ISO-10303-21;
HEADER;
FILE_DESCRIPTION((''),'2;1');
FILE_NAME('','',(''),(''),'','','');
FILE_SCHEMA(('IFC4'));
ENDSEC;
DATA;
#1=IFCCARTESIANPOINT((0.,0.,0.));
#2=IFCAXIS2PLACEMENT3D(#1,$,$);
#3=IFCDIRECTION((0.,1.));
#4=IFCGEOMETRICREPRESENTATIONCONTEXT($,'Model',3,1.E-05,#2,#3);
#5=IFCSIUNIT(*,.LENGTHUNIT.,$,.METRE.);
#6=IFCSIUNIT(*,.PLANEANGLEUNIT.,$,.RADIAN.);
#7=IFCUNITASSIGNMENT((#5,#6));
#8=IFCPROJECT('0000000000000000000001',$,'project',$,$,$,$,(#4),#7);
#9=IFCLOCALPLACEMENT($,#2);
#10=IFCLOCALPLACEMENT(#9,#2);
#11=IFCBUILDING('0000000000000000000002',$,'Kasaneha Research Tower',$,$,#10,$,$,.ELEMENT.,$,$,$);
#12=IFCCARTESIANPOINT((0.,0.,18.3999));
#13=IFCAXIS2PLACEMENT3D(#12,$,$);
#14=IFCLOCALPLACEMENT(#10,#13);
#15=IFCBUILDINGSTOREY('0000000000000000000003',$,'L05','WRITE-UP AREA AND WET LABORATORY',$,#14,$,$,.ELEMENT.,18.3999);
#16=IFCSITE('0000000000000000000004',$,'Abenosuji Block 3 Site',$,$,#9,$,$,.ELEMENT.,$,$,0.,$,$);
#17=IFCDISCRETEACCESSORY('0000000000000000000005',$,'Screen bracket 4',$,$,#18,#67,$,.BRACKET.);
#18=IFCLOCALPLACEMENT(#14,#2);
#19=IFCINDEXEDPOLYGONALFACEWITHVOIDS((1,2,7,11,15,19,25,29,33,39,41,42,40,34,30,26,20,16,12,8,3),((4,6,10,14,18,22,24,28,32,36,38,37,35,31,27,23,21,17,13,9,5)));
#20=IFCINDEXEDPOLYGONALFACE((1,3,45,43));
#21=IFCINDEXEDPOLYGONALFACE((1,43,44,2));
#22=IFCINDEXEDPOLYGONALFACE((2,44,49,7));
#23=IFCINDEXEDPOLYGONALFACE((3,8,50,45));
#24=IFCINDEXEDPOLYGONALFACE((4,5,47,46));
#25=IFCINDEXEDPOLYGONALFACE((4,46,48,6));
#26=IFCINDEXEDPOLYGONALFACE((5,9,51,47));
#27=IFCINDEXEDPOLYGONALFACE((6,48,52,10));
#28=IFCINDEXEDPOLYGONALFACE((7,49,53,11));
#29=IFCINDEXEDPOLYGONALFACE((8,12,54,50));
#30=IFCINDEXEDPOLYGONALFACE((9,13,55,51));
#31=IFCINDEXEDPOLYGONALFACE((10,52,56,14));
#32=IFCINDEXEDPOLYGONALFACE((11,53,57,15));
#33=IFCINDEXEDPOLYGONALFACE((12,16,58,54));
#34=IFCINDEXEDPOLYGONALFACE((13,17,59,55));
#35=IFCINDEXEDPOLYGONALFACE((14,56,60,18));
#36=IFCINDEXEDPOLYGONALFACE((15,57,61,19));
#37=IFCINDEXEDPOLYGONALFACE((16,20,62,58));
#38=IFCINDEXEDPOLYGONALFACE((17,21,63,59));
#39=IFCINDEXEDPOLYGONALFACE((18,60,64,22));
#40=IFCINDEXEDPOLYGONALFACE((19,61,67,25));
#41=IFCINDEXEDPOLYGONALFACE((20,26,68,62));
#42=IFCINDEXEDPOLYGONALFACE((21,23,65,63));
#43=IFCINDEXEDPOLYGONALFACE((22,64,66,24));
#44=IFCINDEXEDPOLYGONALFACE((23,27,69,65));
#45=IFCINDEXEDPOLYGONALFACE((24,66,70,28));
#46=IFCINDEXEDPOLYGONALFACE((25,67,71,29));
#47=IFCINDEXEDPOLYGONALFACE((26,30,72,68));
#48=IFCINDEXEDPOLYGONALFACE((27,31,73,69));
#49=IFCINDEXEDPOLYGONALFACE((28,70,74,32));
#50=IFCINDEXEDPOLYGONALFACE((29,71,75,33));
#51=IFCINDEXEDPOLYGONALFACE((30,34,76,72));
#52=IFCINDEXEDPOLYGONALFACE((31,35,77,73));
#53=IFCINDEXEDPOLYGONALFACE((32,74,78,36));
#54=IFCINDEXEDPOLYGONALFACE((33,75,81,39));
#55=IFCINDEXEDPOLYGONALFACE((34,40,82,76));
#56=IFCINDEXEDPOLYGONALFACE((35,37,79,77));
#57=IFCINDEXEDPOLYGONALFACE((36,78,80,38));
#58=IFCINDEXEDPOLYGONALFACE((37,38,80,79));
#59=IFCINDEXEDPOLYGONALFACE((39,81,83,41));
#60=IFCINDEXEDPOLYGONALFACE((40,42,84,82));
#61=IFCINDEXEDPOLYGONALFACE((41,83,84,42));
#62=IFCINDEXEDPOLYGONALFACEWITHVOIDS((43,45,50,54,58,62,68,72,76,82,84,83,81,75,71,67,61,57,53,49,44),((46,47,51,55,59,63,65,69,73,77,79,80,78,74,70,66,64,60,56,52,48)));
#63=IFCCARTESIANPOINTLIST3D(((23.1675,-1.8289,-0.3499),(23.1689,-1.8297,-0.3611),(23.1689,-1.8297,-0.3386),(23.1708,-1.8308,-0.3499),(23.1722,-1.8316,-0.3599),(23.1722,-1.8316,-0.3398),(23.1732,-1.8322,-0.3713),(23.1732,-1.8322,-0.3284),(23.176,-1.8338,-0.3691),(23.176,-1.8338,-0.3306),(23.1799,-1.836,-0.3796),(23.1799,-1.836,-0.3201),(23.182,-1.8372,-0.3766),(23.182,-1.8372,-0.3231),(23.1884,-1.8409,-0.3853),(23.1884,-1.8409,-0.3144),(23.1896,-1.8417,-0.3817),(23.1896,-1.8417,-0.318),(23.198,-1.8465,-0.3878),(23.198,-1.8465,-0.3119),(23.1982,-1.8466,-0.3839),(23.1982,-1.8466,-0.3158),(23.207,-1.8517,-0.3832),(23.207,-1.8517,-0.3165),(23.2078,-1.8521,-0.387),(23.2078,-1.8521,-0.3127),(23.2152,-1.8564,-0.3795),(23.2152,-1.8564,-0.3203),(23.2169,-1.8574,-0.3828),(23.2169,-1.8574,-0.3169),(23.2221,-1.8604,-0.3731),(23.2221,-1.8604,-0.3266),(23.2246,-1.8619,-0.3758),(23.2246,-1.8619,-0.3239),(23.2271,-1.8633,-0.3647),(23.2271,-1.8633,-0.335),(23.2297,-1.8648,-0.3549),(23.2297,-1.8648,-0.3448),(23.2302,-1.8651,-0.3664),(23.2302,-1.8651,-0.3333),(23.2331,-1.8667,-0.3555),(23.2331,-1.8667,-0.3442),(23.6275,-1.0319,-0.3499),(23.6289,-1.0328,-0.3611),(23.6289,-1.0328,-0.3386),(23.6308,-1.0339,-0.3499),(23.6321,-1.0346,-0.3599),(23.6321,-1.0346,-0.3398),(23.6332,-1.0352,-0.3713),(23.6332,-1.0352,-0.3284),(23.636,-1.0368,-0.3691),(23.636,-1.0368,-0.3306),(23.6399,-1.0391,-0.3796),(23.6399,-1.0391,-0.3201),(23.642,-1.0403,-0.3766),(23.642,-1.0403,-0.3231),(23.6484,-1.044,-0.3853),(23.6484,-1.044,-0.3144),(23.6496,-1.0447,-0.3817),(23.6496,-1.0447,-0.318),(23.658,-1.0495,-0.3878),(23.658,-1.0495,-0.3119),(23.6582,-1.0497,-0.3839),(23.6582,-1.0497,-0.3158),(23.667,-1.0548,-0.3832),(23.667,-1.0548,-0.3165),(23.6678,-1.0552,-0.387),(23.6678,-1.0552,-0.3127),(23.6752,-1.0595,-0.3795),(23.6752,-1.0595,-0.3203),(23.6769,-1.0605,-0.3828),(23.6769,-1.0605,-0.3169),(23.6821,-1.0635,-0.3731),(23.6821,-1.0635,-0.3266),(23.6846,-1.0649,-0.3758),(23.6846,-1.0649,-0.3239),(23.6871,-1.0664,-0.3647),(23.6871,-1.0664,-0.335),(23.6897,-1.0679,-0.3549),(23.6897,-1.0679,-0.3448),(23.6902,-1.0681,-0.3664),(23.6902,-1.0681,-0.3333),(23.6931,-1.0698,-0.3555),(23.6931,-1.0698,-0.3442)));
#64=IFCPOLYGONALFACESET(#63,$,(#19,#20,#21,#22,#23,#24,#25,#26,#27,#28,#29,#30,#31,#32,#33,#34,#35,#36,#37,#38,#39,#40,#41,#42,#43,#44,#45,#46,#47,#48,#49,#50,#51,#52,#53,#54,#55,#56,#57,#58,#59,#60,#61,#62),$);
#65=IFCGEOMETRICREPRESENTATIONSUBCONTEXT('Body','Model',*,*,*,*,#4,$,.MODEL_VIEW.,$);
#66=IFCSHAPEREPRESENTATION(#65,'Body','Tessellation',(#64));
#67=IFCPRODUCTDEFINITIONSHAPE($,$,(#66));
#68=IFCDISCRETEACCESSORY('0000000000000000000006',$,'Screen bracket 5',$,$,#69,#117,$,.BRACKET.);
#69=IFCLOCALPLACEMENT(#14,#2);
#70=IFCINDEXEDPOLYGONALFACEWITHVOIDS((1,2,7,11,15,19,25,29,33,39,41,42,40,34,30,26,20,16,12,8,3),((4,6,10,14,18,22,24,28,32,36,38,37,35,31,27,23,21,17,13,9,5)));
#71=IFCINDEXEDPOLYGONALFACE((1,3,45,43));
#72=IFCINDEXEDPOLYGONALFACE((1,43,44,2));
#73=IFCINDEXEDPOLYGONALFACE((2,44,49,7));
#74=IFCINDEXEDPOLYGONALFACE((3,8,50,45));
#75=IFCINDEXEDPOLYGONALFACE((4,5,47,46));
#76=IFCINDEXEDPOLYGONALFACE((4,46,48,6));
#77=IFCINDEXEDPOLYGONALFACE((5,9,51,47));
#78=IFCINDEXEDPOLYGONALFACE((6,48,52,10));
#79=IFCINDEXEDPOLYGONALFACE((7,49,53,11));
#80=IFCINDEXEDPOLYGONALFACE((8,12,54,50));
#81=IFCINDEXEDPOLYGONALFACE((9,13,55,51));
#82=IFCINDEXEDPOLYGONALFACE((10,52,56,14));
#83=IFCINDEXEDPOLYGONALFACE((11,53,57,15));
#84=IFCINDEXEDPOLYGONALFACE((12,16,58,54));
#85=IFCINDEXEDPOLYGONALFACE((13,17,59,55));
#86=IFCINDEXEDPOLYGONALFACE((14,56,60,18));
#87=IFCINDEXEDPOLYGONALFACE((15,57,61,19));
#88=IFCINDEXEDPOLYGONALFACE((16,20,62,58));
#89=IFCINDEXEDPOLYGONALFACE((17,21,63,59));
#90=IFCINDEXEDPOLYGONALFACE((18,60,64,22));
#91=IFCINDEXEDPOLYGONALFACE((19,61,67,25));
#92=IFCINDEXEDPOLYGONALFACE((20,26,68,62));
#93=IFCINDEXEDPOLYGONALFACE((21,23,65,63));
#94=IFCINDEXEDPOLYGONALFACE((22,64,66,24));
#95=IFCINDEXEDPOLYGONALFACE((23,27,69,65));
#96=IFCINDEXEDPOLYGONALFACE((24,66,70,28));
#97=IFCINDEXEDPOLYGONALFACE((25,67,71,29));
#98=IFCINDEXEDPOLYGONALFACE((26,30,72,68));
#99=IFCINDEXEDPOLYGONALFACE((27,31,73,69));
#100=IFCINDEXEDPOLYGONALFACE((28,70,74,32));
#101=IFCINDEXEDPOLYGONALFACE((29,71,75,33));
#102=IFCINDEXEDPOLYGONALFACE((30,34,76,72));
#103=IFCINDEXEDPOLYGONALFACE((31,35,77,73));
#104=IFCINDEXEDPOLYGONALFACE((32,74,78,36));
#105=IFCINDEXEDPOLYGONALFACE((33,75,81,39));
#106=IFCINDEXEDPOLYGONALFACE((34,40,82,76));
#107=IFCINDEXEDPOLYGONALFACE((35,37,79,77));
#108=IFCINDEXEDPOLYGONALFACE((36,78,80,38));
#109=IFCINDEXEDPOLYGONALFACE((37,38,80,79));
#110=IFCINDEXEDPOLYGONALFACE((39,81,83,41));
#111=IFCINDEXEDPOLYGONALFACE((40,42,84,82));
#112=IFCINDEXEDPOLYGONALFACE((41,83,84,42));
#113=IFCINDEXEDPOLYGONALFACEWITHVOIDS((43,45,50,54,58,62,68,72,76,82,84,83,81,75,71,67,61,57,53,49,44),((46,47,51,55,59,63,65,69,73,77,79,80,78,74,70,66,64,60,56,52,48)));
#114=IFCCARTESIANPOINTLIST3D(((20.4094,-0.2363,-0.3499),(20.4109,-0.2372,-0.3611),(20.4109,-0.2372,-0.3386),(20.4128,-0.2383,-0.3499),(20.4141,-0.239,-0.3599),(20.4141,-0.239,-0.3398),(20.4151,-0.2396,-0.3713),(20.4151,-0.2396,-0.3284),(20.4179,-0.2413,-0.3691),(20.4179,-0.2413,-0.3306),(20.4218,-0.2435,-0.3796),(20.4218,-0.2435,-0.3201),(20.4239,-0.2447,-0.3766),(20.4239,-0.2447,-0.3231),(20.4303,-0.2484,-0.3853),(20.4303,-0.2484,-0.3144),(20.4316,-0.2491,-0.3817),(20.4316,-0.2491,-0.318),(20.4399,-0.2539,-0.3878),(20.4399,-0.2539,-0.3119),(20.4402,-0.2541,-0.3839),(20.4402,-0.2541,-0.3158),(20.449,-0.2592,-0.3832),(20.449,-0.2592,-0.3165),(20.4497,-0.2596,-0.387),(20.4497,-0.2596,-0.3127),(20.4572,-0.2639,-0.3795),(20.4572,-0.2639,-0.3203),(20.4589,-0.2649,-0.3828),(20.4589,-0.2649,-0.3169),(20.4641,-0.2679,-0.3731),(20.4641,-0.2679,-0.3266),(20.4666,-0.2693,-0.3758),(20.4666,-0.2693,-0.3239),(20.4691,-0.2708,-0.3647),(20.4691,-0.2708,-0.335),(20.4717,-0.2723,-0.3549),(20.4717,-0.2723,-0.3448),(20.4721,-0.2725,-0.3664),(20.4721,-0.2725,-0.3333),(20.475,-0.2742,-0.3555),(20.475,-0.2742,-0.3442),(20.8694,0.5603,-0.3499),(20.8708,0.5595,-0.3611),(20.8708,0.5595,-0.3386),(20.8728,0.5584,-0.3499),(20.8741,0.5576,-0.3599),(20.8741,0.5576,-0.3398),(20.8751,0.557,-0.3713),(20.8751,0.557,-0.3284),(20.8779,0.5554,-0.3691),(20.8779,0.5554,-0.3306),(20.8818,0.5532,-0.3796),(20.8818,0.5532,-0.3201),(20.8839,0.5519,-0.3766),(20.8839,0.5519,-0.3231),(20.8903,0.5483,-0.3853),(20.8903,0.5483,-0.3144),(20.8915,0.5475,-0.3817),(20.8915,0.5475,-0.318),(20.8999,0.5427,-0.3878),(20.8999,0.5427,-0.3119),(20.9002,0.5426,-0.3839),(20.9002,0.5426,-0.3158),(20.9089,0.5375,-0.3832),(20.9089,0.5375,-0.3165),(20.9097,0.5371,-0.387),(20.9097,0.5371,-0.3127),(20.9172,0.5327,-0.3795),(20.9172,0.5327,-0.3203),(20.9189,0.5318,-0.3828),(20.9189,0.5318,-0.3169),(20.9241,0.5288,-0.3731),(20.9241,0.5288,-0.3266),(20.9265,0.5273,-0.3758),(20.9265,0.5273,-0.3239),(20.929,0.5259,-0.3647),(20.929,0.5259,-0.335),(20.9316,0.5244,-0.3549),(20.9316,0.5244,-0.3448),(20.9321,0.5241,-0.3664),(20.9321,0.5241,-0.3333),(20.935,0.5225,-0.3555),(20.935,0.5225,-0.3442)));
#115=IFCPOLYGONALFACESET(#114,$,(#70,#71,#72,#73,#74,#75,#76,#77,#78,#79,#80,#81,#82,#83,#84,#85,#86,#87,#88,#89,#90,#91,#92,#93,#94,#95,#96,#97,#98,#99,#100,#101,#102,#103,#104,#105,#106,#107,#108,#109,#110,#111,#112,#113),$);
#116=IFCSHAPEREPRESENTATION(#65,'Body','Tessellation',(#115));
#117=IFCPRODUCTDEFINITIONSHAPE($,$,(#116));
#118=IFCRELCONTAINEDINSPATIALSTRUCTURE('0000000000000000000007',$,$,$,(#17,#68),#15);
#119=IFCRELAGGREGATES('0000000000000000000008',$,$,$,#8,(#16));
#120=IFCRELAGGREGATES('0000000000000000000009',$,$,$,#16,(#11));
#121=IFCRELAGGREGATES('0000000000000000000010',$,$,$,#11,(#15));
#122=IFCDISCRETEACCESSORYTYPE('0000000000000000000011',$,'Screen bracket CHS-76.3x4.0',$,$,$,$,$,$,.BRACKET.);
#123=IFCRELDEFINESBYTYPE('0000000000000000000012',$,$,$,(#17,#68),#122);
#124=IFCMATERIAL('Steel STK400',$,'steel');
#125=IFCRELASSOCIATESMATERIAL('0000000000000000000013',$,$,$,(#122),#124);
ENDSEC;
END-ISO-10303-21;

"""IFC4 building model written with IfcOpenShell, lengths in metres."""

from ifc_helpers import new_model, si_unit, direction, frame, origin, origin_2d, place, context, subcontext, project, spatial, hollow_circle, extrude, material, material_profile, profile_set, type_object, element, save


model = new_model("IFC4")

# Units and contexts
model_context = context("Model", 3, precision=1e-05, world=origin(), true_north=direction((0.0, 1.0)))
body_context = subcontext(model_context, "Body", "Model", "MODEL_VIEW")
ifc_project = project(units=[si_unit("LENGTHUNIT", "METRE"), si_unit("PLANEANGLEUNIT", "RADIAN")], contexts=[model_context])

# Site, building, storey
site_placement = place(None, origin())
site = spatial("IfcSite", under=ifc_project, at=site_placement, Name="Abenosuji Block 3 Site", CompositionType="ELEMENT", RefElevation=0.0)
building_placement = place(site_placement, origin())
building = spatial("IfcBuilding", under=site, at=building_placement, Name="Kasaneha Research Tower", CompositionType="ELEMENT")
storey_placement = place(building_placement, frame((0.0, 0.0, 18.3999)))
storey = spatial("IfcBuildingStorey", under=building, at=storey_placement, Name="L05", Description="WRITE-UP AREA AND WET LABORATORY", CompositionType="ELEMENT", Elevation=18.3999)

# Discrete accessories
ifc_material_1 = material(Name="Steel STK400", Category="steel")
ifc_material_profile_1 = material_profile(ifc_material_1, hollow_circle(Radius=0.0381, WallThickness=0.0039, at=origin_2d()), Name="CHS-76.3x4.0")
ifc_profile_set_1 = profile_set([ifc_material_profile_1], Name="Steel STK400")
discrete_accessory_type = type_object("IfcDiscreteAccessoryType", Name="Screen bracket CHS-76.3x4.0", PredefinedType="BRACKET", material=ifc_profile_set_1)
discrete_accessory_1_placement = place(storey_placement, frame((23.2004, -1.8479, -0.3499), z_axis=(0.499906, 0.86608, 0.0), x_axis=(-0.86608, 0.499906, 0.0)))
element("IfcDiscreteAccessory", 1, at=discrete_accessory_1_placement, inside=storey, type_object=discrete_accessory_type, Name="Screen bracket 4", PredefinedType="BRACKET", context=body_context, shape_type="SweptSolid", body=[
    extrude(hollow_circle(Radius=0.0381, WallThickness=0.0039, at=origin_2d()), origin(), (0.0, 0.0, 1.0), 0.9202),
])
discrete_accessory_2_placement = place(storey_placement, frame((20.4424, -0.2554, -0.3499), z_axis=(0.500021, 0.866013, 0.0), x_axis=(-0.866013, 0.500021, 0.0)))
element("IfcDiscreteAccessory", 2, at=discrete_accessory_2_placement, inside=storey, type_object=discrete_accessory_type, Name="Screen bracket 5", PredefinedType="BRACKET", context=body_context, shape_type="SweptSolid", body=[
    extrude(hollow_circle(Radius=0.0381, WallThickness=0.0039, at=origin_2d()), origin(), (0.0, 0.0, 1.0), 0.9199),
])

save(model, "model.ifc")
